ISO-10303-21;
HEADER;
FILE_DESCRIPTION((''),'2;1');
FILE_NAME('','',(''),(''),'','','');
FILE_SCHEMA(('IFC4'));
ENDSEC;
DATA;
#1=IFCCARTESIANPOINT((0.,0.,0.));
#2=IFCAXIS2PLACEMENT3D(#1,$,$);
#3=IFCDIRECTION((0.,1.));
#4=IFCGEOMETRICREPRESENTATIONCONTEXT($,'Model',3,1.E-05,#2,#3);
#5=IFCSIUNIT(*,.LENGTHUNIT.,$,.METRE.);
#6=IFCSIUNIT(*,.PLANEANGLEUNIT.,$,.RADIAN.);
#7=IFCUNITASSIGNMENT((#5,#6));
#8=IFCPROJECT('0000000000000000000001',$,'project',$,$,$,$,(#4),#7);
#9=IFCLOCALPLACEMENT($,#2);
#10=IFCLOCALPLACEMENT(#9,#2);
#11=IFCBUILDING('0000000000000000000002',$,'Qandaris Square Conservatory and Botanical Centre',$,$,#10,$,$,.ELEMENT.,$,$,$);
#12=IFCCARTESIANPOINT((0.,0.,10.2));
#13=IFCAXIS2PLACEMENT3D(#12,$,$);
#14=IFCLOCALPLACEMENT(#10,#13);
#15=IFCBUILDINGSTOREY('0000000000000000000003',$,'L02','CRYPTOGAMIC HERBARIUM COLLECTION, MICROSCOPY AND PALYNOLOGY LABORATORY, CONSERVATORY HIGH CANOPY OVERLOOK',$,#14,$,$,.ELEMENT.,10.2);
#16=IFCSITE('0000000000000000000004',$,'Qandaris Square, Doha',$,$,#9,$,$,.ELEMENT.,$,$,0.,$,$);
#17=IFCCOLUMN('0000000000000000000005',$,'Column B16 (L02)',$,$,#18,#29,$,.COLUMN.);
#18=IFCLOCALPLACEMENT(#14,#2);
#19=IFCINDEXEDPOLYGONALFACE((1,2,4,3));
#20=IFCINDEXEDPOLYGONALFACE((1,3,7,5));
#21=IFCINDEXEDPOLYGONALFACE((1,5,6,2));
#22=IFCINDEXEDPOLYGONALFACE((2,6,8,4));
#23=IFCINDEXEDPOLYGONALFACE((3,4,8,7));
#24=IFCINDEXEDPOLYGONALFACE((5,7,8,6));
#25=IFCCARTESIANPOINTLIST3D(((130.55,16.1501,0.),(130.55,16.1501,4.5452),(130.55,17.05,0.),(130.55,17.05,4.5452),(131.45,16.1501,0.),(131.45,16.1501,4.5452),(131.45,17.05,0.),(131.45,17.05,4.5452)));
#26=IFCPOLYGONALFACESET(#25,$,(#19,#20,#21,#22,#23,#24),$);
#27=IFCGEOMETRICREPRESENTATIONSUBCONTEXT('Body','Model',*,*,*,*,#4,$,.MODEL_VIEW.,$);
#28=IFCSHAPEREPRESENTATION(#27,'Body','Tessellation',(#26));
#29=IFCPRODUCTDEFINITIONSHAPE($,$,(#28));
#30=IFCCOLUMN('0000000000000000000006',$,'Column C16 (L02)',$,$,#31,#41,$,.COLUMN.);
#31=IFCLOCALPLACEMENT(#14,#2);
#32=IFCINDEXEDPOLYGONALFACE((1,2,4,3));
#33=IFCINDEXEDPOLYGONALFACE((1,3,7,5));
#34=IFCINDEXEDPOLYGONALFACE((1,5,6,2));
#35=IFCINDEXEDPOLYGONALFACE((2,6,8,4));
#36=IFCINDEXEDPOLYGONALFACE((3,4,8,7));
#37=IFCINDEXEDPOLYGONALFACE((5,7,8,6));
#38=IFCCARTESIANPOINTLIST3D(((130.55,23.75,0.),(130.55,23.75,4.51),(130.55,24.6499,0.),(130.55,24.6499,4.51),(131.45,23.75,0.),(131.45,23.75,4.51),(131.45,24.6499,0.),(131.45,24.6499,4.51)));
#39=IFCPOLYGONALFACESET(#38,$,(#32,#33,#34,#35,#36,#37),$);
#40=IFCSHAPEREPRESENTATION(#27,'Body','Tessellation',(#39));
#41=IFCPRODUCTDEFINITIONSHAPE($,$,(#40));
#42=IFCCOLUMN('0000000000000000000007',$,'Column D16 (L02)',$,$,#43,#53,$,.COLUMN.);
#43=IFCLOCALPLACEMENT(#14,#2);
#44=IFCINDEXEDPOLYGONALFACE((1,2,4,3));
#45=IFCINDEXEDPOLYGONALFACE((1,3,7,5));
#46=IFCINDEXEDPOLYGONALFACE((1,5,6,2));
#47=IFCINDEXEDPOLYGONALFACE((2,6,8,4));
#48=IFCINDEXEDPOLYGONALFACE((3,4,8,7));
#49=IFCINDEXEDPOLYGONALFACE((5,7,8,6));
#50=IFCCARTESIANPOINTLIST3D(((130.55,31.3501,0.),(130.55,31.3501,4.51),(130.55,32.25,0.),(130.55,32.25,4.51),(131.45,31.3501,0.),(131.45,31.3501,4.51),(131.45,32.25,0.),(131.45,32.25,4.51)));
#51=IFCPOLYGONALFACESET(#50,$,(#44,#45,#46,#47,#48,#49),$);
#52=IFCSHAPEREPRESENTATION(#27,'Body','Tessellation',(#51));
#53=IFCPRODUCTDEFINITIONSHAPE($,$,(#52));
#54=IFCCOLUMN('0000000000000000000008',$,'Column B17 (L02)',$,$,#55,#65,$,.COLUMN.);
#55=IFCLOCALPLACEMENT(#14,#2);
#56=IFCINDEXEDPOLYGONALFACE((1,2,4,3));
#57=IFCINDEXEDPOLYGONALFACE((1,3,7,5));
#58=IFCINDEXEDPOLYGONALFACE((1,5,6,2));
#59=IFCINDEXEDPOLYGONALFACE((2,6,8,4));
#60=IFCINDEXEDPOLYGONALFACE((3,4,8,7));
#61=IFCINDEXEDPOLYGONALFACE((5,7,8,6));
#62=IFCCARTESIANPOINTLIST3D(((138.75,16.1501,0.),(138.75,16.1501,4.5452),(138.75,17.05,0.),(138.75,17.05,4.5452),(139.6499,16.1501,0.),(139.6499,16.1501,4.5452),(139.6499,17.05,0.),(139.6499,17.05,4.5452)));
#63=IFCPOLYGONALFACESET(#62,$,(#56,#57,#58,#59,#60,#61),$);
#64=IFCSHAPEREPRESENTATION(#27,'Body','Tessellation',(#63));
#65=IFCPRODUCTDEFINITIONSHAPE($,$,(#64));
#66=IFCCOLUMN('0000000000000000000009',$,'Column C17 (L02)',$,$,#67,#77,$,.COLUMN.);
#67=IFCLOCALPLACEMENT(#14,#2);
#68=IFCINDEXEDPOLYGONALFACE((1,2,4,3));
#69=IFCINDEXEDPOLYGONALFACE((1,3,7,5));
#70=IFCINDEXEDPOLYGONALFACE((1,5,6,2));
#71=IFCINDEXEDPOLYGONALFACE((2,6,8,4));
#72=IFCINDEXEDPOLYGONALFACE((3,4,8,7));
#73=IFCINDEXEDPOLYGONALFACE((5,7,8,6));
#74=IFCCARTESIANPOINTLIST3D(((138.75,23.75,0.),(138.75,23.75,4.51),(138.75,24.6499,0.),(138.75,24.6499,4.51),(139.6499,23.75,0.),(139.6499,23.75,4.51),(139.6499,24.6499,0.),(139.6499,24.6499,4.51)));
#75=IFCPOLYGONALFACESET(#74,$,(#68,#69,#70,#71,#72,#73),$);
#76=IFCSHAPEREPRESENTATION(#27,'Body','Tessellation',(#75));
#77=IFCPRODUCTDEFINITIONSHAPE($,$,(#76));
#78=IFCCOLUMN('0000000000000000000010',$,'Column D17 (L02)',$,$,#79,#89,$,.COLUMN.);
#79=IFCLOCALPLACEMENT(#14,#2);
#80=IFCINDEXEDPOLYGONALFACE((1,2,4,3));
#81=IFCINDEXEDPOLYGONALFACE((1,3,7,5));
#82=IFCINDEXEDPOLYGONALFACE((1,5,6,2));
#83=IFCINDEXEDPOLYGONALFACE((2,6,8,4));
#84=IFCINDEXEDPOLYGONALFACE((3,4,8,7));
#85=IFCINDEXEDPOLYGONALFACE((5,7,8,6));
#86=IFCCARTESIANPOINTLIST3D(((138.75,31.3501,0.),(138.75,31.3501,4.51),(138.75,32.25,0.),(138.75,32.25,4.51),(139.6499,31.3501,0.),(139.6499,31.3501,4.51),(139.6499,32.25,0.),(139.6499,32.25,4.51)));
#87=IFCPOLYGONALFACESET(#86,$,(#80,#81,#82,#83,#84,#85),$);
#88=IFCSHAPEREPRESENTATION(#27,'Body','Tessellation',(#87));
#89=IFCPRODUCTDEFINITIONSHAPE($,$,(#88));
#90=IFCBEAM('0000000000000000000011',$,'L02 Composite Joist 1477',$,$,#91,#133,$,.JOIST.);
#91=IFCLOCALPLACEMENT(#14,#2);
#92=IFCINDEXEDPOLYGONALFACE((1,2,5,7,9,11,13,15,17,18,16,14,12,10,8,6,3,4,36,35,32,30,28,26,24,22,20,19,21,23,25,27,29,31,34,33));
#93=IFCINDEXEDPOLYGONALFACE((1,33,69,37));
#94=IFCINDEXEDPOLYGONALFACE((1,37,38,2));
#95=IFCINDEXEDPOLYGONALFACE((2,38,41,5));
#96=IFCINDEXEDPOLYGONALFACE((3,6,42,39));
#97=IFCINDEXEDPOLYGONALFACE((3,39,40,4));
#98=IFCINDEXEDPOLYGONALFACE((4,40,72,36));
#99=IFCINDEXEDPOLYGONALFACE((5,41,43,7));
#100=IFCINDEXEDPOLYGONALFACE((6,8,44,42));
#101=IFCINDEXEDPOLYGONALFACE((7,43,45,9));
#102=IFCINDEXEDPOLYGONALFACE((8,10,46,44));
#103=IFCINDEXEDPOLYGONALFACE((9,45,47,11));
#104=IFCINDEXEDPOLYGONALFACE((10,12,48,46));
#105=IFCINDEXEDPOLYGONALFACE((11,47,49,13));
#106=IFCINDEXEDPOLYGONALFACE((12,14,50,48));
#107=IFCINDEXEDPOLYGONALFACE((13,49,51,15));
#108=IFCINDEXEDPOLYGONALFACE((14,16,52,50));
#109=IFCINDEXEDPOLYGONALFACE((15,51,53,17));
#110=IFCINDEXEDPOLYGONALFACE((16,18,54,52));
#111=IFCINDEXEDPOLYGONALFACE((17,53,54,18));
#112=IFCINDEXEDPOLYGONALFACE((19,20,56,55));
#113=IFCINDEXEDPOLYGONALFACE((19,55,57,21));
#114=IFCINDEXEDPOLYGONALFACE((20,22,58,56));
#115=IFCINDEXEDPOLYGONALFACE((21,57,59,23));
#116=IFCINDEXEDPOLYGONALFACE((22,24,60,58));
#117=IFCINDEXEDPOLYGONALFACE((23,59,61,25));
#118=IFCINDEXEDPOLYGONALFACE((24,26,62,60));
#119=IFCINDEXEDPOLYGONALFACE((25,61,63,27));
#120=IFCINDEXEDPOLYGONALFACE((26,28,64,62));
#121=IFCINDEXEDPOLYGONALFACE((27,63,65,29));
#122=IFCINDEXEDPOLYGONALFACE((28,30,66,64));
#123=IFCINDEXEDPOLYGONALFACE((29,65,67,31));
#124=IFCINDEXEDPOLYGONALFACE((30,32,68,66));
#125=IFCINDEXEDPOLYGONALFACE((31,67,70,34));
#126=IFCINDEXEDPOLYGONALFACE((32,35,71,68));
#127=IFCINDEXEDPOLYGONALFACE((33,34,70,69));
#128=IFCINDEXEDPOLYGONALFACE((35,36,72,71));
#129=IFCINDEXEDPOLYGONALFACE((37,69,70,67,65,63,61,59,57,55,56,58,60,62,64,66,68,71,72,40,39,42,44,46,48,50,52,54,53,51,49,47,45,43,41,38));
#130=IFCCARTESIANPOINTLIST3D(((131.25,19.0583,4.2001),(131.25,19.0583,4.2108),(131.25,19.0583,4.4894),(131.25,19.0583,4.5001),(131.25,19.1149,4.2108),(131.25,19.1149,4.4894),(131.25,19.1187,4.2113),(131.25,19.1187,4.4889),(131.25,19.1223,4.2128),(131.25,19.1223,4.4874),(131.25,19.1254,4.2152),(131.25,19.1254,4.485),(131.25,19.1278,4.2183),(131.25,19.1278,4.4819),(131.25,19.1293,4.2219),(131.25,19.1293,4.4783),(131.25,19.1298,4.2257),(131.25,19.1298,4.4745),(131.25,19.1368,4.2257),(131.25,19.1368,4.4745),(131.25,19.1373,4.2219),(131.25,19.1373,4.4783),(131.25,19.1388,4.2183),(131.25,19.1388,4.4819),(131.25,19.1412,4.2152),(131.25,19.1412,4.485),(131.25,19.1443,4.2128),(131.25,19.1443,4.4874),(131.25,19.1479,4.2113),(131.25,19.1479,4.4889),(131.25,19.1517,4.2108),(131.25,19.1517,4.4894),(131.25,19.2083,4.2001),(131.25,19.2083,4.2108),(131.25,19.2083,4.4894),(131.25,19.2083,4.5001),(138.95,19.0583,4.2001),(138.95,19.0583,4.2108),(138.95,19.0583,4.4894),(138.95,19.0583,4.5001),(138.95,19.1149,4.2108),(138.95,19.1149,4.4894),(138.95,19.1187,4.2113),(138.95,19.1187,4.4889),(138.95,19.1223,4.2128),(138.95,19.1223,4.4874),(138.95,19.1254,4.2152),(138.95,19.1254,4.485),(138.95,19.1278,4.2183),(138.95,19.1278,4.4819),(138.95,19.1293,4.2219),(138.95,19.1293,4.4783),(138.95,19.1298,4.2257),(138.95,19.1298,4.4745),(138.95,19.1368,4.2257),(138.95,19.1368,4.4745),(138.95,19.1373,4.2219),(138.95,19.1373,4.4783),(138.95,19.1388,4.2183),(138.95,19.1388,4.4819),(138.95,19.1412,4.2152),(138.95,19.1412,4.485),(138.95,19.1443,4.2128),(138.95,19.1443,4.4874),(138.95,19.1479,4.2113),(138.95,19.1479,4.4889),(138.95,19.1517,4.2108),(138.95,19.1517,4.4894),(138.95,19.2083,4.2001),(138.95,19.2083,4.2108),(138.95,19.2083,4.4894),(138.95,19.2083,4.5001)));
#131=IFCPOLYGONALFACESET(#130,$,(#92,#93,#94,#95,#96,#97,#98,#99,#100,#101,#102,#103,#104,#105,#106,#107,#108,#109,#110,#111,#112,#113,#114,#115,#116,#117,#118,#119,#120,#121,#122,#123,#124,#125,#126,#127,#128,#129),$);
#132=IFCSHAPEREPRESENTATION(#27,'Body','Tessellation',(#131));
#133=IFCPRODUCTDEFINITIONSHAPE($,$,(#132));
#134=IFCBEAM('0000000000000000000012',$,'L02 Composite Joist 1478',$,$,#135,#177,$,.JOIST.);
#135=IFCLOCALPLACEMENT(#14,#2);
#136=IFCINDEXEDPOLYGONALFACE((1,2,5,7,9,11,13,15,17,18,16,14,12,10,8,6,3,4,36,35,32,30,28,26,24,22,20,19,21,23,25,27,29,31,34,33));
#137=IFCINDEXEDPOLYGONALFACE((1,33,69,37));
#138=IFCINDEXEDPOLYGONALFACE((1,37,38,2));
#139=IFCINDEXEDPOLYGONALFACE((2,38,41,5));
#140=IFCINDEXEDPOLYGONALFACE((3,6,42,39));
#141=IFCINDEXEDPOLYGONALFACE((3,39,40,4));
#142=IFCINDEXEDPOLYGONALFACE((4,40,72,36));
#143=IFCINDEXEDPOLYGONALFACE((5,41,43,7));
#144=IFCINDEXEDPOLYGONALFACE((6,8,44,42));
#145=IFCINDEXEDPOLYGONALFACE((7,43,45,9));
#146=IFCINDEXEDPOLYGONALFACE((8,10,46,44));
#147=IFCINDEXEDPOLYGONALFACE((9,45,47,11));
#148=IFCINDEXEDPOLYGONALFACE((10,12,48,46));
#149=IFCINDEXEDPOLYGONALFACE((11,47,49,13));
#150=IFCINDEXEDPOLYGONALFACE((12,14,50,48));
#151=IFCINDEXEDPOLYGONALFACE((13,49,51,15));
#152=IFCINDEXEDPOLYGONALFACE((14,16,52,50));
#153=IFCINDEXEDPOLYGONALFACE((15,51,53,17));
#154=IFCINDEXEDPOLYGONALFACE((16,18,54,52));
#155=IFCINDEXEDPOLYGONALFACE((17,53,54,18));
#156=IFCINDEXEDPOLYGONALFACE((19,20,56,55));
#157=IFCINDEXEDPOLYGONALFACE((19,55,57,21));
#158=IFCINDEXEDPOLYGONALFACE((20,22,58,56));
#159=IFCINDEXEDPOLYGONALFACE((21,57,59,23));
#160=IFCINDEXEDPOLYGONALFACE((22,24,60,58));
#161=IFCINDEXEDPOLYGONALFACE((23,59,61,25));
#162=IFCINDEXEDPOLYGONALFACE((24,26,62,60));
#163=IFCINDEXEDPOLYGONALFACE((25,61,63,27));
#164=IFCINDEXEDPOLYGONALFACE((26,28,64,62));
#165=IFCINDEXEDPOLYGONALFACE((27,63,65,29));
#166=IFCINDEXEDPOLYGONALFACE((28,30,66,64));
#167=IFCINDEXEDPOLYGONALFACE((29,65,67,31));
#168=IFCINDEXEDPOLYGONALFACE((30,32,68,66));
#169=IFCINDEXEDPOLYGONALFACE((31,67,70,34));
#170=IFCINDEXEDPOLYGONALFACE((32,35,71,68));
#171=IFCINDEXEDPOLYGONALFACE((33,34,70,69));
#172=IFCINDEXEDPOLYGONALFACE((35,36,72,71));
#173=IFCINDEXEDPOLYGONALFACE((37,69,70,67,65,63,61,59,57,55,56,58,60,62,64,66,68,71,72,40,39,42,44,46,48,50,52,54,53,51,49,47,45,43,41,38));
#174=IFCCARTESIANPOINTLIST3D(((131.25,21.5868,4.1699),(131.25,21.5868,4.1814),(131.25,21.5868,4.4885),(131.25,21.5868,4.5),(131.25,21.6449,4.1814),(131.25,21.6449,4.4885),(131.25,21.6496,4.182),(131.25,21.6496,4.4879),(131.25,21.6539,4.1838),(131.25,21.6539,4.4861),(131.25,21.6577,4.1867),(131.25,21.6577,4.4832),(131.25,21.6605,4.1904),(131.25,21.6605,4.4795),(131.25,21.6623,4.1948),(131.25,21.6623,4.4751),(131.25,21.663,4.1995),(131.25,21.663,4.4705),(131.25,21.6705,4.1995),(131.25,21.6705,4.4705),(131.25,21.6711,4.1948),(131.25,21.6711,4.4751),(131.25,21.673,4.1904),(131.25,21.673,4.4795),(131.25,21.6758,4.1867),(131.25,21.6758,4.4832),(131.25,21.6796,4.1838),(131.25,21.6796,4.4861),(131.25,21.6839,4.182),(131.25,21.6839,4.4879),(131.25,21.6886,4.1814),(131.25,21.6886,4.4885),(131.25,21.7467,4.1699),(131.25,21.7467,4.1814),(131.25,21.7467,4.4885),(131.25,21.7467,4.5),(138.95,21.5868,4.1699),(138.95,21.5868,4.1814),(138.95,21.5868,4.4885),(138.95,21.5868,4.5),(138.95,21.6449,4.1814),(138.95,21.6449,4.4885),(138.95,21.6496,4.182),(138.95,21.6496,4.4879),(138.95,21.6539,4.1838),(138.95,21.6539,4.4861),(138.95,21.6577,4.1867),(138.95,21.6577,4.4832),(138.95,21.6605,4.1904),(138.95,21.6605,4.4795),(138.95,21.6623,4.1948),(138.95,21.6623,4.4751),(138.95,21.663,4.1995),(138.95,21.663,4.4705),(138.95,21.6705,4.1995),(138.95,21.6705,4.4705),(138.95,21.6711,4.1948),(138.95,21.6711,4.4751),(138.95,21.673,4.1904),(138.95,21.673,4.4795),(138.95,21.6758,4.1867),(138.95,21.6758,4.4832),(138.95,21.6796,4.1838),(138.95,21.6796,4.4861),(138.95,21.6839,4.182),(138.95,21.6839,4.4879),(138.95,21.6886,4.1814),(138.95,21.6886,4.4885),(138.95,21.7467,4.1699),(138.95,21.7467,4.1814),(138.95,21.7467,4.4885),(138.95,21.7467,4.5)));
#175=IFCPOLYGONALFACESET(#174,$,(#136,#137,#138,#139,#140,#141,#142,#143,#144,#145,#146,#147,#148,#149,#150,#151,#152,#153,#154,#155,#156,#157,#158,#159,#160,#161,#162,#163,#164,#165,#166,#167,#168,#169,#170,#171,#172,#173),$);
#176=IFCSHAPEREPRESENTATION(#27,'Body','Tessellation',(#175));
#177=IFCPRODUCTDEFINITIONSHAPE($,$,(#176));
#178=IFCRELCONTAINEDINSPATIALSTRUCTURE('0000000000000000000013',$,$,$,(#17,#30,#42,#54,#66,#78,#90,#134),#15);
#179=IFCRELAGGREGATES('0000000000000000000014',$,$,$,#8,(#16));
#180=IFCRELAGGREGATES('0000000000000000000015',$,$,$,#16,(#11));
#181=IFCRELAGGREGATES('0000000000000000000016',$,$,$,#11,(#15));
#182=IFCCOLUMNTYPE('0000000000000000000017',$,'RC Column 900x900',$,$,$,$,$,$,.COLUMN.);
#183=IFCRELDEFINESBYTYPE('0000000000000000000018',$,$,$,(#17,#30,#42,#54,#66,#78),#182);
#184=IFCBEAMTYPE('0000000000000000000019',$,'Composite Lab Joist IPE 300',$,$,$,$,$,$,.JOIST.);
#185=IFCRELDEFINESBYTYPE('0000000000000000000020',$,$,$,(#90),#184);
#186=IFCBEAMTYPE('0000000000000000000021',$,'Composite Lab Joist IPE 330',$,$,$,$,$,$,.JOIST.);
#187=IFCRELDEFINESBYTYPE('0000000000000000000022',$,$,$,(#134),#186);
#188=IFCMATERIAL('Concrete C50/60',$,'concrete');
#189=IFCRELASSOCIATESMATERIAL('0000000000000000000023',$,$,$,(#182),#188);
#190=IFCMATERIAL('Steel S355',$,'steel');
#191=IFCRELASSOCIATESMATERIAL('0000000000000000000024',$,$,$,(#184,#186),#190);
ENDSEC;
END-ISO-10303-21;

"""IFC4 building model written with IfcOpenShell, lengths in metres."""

from ifc_helpers import new_model, si_unit, direction, frame, origin, origin_2d, place, context, subcontext, project, spatial, rectangle, i_section, extrude, material, material_profile, profile_set, type_object, element, save


model = new_model("IFC4")

# Units and contexts
model_context = context("Model", 3, precision=1e-05, world=origin(), true_north=direction((0.0, 1.0)))
body_context = subcontext(model_context, "Body", "Model", "MODEL_VIEW")
ifc_project = project(units=[si_unit("LENGTHUNIT", "METRE"), si_unit("PLANEANGLEUNIT", "RADIAN")], contexts=[model_context])

# Site, building, storey
site_placement = place(None, origin())
site = spatial("IfcSite", under=ifc_project, at=site_placement, Name="Qandaris Square, Doha", CompositionType="ELEMENT", RefElevation=0.0)
building_placement = place(site_placement, origin())
building = spatial("IfcBuilding", under=site, at=building_placement, Name="Qandaris Square Conservatory and Botanical Centre", CompositionType="ELEMENT")
storey_placement = place(building_placement, frame((0.0, 0.0, 10.2)))
storey = spatial("IfcBuildingStorey", under=building, at=storey_placement, Name="L02", Description="CRYPTOGAMIC HERBARIUM COLLECTION, MICROSCOPY AND PALYNOLOGY LABORATORY, CONSERVATORY HIGH CANOPY OVERLOOK", CompositionType="ELEMENT", Elevation=10.2)

# Columns
ifc_material_1 = material(Name="Concrete C50/60", Category="concrete")
ifc_material_profile_1 = material_profile(ifc_material_1, rectangle(XDim=0.8999, YDim=0.8999, at=origin_2d()), Name="RC-COL 900x900")
ifc_profile_set_1 = profile_set([ifc_material_profile_1], Name="Concrete C50/60")
column_type = type_object("IfcColumnType", Name="RC Column 900x900", PredefinedType="COLUMN", material=ifc_profile_set_1)
column_1_placement = place(storey_placement, frame((131.0, 16.6001, 0.0), z_axis=(0.0, 0.0, 1.0), x_axis=(1.0, 0.0, 0.0)))
element("IfcColumn", 1, at=column_1_placement, inside=storey, type_object=column_type, Name="Column B16 (L02)", PredefinedType="COLUMN", context=body_context, shape_type="SweptSolid", body=[
    extrude(rectangle(XDim=0.8999, YDim=0.8999, at=origin_2d()), origin(), (0.0, 0.0, 1.0), 4.5452),
])
for number, where, z_axis, x_axis, name in (
    (2, (131.0, 24.2, 0.0), (0.0, 0.0, 1.0), (1.0, 0.0, 0.0), "Column C16 (L02)"),
    (3, (131.0, 31.8, 0.0), (0.0, 0.0, 1.0), (1.0, 0.0, 0.0), "Column D16 (L02)"),
):
    element("IfcColumn", number, at=place(storey_placement, frame(where, z_axis=z_axis, x_axis=x_axis)), inside=storey, type_object=column_type, Name=name, PredefinedType="COLUMN", context=body_context, shape_type="SweptSolid", body=[
        extrude(rectangle(XDim=0.8999, YDim=0.8999, at=origin_2d()), origin(), (0.0, 0.0, 1.0), 4.51),
    ])
column_2_placement = place(storey_placement, frame((139.2, 16.6001, 0.0), z_axis=(0.0, 0.0, 1.0), x_axis=(1.0, 0.0, 0.0)))
element("IfcColumn", 4, at=column_2_placement, inside=storey, type_object=column_type, Name="Column B17 (L02)", PredefinedType="COLUMN", context=body_context, shape_type="SweptSolid", body=[
    extrude(rectangle(XDim=0.8999, YDim=0.8999, at=origin_2d()), origin(), (0.0, 0.0, 1.0), 4.5452),
])
for number, where, z_axis, x_axis, name in (
    (5, (139.2, 24.2, 0.0), (0.0, 0.0, 1.0), (1.0, 0.0, 0.0), "Column C17 (L02)"),
    (6, (139.2, 31.8, 0.0), (0.0, 0.0, 1.0), (1.0, 0.0, 0.0), "Column D17 (L02)"),
):
    element("IfcColumn", number, at=place(storey_placement, frame(where, z_axis=z_axis, x_axis=x_axis)), inside=storey, type_object=column_type, Name=name, PredefinedType="COLUMN", context=body_context, shape_type="SweptSolid", body=[
        extrude(rectangle(XDim=0.8999, YDim=0.8999, at=origin_2d()), origin(), (0.0, 0.0, 1.0), 4.51),
    ])

# Beams
ifc_material_2 = material(Name="Steel S355", Category="steel")
ifc_material_profile_2 = material_profile(ifc_material_2, i_section(OverallWidth=0.1499, OverallDepth=0.3, WebThickness=0.0071, FlangeThickness=0.0107, FilletRadius=0.0149, at=origin_2d()), Name="IPE 300")
ifc_profile_set_2 = profile_set([ifc_material_profile_2], Name="Steel S355")
beam_type_1 = type_object("IfcBeamType", Name="Composite Lab Joist IPE 300", PredefinedType="JOIST", material=ifc_profile_set_2)
beam_1_placement = place(storey_placement, frame((131.25, 19.1333, 4.3501), z_axis=(1.0, 0.0, 0.0), x_axis=(0.0, 1.0, 0.0)))
element("IfcBeam", 7, at=beam_1_placement, inside=storey, type_object=beam_type_1, Name="L02 Composite Joist 1477", PredefinedType="JOIST", context=body_context, shape_type="SweptSolid", body=[
    extrude(i_section(OverallWidth=0.1499, OverallDepth=0.3, WebThickness=0.0071, FlangeThickness=0.0107, FilletRadius=0.0149, at=origin_2d()), origin(), (0.0, 0.0, 1.0), 7.7),
])
ifc_material_profile_3 = material_profile(ifc_material_2, i_section(OverallWidth=0.1599, OverallDepth=0.3301, WebThickness=0.0076, FlangeThickness=0.0115, FilletRadius=0.0181, at=origin_2d()), Name="IPE 330")
ifc_profile_set_3 = profile_set([ifc_material_profile_3], Name="Steel S355")
beam_type_2 = type_object("IfcBeamType", Name="Composite Lab Joist IPE 330", PredefinedType="JOIST", material=ifc_profile_set_3)
for number, where, z_axis, x_axis, name in (
    (8, (131.25, 21.6667, 4.335), (1.0, 0.0, 0.0), (0.0, 1.0, 0.0), "L02 Composite Joist 1478"),
):
    element("IfcBeam", number, at=place(storey_placement, frame(where, z_axis=z_axis, x_axis=x_axis)), inside=storey, type_object=beam_type_2, Name=name, PredefinedType="JOIST", context=body_context, shape_type="SweptSolid", body=[
        extrude(i_section(OverallWidth=0.1599, OverallDepth=0.3301, WebThickness=0.0076, FlangeThickness=0.0115, FilletRadius=0.0181, at=origin_2d()), origin(), (0.0, 0.0, 1.0), 7.7),
    ])

save(model, "model.ifc")
